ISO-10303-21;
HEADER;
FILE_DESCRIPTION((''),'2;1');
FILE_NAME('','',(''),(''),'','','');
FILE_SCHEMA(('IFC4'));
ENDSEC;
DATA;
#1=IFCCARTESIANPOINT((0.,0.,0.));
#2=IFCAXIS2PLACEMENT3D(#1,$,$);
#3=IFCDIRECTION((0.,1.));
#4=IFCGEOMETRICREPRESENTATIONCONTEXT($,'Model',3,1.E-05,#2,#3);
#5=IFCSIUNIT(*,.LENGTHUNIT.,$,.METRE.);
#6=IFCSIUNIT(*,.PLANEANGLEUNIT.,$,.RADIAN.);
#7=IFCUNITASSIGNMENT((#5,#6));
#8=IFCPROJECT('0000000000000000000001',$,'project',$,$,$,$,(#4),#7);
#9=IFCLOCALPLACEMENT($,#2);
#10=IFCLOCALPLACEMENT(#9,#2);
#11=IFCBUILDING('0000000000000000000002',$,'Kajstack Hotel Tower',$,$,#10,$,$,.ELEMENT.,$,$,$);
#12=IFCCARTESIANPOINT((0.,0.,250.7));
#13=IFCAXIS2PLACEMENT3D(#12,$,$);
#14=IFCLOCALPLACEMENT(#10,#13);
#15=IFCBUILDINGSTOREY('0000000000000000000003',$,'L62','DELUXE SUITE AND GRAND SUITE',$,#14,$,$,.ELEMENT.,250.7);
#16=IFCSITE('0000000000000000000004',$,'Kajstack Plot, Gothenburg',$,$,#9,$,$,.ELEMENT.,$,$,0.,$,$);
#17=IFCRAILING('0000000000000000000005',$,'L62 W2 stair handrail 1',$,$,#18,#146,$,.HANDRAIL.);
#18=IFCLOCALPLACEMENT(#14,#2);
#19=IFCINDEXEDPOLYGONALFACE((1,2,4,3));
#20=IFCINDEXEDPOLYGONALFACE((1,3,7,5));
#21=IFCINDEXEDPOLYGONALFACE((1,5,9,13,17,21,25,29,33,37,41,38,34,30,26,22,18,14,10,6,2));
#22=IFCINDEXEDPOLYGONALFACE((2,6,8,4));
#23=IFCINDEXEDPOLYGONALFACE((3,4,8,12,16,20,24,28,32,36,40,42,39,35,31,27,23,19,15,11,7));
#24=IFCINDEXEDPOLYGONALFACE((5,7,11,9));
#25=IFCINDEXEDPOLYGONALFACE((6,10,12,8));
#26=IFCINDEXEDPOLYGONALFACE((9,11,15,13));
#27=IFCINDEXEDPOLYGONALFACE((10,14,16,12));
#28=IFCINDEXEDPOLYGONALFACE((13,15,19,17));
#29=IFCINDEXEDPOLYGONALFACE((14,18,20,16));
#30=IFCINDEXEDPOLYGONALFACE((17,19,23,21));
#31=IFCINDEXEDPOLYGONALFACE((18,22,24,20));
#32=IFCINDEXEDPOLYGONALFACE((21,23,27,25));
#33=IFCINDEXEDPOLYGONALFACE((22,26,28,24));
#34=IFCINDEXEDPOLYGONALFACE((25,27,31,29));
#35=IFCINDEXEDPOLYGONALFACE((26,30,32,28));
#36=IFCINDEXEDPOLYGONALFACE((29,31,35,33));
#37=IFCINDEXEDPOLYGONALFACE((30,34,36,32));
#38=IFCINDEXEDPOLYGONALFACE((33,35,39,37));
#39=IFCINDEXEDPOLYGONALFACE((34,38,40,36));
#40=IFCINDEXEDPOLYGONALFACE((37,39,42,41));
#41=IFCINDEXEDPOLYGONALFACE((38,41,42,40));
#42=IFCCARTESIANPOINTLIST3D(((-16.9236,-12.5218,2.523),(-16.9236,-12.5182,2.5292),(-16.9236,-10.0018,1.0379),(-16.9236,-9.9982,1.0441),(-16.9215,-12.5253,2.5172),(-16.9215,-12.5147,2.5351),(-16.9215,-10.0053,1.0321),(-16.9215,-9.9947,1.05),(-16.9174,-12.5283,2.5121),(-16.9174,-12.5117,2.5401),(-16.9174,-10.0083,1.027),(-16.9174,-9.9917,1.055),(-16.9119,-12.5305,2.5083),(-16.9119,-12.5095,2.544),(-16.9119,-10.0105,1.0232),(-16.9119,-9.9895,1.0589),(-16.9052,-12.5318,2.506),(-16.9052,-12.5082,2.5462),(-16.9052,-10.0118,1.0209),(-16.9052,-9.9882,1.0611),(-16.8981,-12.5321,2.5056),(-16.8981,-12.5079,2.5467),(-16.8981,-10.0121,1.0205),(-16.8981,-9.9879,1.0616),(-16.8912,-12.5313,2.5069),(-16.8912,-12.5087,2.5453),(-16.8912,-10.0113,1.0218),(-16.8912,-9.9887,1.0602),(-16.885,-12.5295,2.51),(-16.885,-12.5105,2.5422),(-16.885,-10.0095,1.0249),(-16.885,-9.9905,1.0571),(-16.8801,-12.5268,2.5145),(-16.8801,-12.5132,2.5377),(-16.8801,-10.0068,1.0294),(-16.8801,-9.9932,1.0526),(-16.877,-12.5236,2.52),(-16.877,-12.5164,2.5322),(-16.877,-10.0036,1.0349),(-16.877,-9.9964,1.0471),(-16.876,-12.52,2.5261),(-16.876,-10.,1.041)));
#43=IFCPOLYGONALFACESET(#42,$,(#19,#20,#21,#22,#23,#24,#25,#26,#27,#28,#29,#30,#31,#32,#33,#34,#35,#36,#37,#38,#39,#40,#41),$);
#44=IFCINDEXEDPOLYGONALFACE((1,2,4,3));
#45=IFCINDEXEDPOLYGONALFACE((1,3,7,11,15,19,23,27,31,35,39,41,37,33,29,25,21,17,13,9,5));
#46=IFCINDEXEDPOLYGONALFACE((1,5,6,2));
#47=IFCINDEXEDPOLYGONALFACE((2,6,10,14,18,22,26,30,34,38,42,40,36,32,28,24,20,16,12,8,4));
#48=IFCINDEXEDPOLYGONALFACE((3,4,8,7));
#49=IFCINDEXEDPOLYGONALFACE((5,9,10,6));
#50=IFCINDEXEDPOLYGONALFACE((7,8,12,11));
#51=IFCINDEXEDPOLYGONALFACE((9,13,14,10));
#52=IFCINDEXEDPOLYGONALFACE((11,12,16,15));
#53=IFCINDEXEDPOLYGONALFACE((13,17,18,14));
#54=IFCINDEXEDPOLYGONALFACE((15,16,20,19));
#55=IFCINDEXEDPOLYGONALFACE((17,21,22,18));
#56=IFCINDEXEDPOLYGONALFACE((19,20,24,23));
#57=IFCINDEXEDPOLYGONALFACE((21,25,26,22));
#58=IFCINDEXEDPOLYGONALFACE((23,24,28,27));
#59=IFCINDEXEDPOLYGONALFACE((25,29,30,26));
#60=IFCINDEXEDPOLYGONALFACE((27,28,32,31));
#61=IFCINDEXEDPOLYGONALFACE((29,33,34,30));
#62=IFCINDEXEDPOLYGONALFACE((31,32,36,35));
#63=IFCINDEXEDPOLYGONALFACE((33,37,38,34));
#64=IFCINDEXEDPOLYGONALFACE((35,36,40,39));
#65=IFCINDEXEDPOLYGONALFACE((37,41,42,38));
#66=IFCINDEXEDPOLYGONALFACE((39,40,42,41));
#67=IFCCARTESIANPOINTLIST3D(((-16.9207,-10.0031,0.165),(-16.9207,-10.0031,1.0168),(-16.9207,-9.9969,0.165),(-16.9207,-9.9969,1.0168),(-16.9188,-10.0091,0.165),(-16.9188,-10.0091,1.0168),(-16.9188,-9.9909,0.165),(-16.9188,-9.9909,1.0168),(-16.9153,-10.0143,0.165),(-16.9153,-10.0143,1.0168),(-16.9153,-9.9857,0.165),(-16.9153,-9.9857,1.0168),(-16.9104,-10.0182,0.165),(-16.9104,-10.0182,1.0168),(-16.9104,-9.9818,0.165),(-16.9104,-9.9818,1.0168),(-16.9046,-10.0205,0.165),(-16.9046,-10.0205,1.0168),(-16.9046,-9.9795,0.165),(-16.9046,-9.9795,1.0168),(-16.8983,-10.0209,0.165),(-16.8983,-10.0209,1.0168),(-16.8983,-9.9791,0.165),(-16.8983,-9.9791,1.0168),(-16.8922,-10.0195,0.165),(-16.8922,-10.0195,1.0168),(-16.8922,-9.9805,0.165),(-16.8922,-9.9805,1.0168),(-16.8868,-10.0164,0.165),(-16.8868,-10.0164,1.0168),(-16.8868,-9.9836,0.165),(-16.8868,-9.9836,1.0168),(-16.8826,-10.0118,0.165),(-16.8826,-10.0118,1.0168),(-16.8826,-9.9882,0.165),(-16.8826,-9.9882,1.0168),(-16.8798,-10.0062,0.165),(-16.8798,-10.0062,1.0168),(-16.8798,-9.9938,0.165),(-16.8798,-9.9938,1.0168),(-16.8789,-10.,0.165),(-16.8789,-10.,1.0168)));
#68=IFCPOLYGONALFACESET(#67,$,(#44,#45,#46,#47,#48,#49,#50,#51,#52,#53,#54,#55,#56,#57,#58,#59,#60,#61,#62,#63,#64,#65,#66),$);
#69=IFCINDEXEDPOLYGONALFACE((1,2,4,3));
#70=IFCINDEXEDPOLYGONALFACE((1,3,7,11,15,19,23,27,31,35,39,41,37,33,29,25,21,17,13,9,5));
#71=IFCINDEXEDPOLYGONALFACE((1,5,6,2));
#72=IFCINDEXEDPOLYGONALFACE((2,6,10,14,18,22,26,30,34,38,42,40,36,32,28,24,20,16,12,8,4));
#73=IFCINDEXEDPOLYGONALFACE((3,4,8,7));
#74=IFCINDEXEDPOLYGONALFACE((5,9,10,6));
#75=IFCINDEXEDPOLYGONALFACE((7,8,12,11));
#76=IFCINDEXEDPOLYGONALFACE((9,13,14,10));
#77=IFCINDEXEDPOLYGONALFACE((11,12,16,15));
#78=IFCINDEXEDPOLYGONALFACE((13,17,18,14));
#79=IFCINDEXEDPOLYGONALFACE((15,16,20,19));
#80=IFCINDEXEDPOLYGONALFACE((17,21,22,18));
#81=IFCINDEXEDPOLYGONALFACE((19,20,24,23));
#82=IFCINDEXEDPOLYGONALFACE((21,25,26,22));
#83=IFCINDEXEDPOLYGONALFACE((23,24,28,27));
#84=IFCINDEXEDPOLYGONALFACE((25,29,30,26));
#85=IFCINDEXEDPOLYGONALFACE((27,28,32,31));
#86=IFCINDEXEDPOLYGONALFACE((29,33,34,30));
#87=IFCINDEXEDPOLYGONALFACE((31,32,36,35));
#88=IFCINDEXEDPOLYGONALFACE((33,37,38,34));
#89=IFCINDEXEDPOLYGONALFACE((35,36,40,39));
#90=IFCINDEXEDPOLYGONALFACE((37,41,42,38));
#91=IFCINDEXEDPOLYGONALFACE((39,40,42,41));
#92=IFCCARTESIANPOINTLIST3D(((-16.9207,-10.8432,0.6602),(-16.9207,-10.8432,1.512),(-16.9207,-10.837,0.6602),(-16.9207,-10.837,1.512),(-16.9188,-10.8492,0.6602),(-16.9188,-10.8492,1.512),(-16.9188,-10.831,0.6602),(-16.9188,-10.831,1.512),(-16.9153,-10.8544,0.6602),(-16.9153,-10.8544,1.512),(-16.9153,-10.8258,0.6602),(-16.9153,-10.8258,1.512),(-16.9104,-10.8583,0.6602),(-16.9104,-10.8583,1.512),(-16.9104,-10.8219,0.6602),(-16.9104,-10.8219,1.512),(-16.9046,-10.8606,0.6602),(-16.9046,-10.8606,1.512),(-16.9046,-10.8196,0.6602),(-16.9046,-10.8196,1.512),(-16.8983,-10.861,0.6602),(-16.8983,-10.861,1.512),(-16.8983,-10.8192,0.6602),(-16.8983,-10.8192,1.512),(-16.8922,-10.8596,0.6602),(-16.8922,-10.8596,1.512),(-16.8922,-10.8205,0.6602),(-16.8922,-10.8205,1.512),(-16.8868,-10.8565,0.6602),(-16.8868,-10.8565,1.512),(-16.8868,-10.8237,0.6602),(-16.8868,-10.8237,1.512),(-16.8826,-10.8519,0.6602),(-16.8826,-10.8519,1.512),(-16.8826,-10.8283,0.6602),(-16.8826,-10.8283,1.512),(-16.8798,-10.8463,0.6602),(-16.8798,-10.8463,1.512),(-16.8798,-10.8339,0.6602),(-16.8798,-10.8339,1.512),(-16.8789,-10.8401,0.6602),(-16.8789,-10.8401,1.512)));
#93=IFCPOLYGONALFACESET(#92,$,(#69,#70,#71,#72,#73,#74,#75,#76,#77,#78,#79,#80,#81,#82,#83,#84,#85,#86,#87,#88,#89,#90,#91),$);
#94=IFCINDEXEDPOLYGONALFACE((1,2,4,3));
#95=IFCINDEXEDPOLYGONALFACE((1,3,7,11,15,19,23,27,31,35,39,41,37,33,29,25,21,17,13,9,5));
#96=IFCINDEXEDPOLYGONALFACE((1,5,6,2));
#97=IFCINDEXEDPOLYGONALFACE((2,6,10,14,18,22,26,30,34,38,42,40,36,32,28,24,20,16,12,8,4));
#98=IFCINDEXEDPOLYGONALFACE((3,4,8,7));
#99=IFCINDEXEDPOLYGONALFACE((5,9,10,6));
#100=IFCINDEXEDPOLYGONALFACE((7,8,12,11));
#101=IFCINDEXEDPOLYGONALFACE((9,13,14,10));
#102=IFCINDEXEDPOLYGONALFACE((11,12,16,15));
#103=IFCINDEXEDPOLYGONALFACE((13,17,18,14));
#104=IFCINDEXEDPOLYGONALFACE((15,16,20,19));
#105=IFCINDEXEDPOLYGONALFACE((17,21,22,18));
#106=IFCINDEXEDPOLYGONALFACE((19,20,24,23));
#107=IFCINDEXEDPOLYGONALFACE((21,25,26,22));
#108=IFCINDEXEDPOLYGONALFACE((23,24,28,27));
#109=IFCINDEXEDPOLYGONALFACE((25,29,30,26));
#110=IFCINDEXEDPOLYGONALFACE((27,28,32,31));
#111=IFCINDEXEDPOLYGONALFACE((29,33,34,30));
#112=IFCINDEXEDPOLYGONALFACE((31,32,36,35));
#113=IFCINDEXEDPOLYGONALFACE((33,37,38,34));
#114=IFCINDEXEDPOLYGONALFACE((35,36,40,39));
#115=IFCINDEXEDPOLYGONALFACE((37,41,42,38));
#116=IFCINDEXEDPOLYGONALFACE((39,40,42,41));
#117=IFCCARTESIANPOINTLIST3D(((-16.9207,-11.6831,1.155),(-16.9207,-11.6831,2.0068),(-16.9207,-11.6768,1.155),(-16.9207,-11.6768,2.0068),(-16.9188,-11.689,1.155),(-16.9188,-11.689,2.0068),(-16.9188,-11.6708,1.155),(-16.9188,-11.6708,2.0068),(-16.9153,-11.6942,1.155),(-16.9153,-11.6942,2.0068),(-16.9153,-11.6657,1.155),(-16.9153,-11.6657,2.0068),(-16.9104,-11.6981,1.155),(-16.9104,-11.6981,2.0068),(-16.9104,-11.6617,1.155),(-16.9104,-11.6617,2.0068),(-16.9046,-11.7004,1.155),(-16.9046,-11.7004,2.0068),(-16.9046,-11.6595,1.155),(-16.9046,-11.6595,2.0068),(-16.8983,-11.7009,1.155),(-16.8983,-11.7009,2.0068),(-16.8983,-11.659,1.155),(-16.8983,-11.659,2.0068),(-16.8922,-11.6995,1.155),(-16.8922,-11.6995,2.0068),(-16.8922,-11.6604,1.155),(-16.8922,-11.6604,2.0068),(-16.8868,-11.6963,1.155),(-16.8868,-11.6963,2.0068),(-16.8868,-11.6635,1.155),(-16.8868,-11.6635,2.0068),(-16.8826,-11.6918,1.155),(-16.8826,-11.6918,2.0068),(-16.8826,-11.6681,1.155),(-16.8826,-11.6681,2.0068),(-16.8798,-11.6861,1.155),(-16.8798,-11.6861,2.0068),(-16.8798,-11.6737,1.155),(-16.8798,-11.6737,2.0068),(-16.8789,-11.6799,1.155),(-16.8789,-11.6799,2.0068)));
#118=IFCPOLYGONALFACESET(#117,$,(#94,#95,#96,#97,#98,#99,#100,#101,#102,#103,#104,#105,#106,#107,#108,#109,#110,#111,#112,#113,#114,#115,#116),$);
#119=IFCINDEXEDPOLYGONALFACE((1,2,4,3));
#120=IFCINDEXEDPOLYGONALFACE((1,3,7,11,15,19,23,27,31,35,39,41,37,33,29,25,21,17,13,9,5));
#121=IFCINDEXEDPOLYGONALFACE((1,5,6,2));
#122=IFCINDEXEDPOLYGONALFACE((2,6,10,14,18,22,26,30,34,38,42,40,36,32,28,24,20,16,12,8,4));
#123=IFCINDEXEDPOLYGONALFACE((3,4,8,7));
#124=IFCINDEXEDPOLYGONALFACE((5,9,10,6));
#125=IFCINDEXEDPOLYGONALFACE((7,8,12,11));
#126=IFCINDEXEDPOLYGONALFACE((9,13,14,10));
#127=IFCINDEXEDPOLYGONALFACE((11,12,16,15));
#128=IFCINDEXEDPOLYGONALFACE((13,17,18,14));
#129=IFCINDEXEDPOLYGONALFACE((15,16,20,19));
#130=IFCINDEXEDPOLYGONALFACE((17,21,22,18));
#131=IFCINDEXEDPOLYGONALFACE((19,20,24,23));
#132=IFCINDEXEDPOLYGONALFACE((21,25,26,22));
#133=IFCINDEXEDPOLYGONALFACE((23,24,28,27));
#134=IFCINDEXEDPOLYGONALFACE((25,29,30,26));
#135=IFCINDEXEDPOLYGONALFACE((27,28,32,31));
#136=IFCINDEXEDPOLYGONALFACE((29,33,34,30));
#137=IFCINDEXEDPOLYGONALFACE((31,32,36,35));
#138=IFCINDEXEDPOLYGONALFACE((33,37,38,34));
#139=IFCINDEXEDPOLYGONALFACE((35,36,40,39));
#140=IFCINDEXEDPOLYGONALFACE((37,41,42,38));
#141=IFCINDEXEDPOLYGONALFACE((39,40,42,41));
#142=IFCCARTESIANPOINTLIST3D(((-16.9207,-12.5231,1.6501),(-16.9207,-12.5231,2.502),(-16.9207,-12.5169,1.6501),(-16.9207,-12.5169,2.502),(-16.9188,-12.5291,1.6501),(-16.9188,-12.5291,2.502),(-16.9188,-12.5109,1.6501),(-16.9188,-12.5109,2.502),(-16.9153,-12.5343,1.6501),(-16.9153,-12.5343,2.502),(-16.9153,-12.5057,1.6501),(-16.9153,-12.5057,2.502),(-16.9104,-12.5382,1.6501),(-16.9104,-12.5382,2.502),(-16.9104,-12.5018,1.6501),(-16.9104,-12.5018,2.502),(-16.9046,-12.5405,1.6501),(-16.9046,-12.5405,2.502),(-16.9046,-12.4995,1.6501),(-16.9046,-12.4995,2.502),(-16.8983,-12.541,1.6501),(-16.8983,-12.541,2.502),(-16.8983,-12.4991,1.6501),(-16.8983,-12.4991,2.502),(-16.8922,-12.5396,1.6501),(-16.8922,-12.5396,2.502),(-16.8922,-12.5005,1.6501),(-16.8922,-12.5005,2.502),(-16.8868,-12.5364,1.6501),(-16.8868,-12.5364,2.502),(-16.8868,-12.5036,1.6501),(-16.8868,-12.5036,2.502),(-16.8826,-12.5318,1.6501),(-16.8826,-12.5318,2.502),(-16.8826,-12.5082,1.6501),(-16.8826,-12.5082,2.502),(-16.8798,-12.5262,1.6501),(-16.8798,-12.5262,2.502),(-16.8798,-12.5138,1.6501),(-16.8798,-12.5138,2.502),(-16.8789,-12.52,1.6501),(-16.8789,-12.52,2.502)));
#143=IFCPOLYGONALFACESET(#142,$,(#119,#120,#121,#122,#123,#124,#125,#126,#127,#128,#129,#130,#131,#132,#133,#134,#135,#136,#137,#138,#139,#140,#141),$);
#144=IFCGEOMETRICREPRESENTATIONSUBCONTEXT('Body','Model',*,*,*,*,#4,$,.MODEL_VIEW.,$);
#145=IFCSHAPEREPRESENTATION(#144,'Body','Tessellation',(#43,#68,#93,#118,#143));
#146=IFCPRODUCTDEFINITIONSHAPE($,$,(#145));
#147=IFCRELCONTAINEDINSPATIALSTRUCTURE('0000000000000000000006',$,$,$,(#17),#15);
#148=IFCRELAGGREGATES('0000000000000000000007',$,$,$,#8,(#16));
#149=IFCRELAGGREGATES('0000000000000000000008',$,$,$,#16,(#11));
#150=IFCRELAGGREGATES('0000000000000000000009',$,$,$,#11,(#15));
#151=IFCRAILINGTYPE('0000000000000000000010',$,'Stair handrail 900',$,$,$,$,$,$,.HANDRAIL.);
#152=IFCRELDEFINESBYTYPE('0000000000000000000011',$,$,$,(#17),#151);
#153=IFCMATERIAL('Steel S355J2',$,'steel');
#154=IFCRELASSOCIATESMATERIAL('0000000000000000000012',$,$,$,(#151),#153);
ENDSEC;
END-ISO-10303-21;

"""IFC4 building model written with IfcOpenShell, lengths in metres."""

from ifc_helpers import new_model, si_unit, direction, frame, origin, origin_2d, place, context, subcontext, project, spatial, circle, extrude, material, type_object, element, save


model = new_model("IFC4")

# Units and contexts
model_context = context("Model", 3, precision=1e-05, world=origin(), true_north=direction((0.0, 1.0)))
body_context = subcontext(model_context, "Body", "Model", "MODEL_VIEW")
ifc_project = project(units=[si_unit("LENGTHUNIT", "METRE"), si_unit("PLANEANGLEUNIT", "RADIAN")], contexts=[model_context])

# Site, building, storey
site_placement = place(None, origin())
site = spatial("IfcSite", under=ifc_project, at=site_placement, Name="Kajstack Plot, Gothenburg", CompositionType="ELEMENT", RefElevation=0.0)
building_placement = place(site_placement, origin())
building = spatial("IfcBuilding", under=site, at=building_placement, Name="Kajstack Hotel Tower", CompositionType="ELEMENT")
storey_placement = place(building_placement, frame((0.0, 0.0, 250.7)))
storey = spatial("IfcBuildingStorey", under=building, at=storey_placement, Name="L62", Description="DELUXE SUITE AND GRAND SUITE", CompositionType="ELEMENT", Elevation=250.7)

# Railing
ifc_material_1 = material(Name="Steel S355J2", Category="steel")
railing_type_1 = type_object("IfcRailingType", Name="Stair handrail 900", PredefinedType="HANDRAIL", material=ifc_material_1)
railing_1_placement = place(storey_placement, frame((-16.8999, -10.0, 0.165)))
element("IfcRailing", 1, at=railing_1_placement, inside=storey, type_object=railing_type_1, Name="L62 W2 stair handrail 1", PredefinedType="HANDRAIL", context=body_context, shape_type="SweptSolid", body=[
    extrude(circle(Radius=0.0239, at=origin_2d()), frame((0.0, 0.0, 0.876), z_axis=(0.0, -0.861524, 0.507717), x_axis=(1.0, 0.0, 0.0)), (0.0, 0.0, 1.0), 2.925),
    extrude(circle(Radius=0.021, at=origin_2d()), origin(), (0.0, 0.0, 1.0), 0.8518),
    extrude(circle(Radius=0.021, at=origin_2d()), frame((0.0, -0.8401, 0.4951)), (0.0, 0.0, 1.0), 0.8518),
    extrude(circle(Radius=0.021, at=origin_2d()), frame((0.0, -1.6799, 0.99)), (0.0, 0.0, 1.0), 0.8518),
    extrude(circle(Radius=0.021, at=origin_2d()), frame((0.0, -2.52, 1.4851)), (0.0, 0.0, 1.0), 0.8518),
])

save(model, "model.ifc")
